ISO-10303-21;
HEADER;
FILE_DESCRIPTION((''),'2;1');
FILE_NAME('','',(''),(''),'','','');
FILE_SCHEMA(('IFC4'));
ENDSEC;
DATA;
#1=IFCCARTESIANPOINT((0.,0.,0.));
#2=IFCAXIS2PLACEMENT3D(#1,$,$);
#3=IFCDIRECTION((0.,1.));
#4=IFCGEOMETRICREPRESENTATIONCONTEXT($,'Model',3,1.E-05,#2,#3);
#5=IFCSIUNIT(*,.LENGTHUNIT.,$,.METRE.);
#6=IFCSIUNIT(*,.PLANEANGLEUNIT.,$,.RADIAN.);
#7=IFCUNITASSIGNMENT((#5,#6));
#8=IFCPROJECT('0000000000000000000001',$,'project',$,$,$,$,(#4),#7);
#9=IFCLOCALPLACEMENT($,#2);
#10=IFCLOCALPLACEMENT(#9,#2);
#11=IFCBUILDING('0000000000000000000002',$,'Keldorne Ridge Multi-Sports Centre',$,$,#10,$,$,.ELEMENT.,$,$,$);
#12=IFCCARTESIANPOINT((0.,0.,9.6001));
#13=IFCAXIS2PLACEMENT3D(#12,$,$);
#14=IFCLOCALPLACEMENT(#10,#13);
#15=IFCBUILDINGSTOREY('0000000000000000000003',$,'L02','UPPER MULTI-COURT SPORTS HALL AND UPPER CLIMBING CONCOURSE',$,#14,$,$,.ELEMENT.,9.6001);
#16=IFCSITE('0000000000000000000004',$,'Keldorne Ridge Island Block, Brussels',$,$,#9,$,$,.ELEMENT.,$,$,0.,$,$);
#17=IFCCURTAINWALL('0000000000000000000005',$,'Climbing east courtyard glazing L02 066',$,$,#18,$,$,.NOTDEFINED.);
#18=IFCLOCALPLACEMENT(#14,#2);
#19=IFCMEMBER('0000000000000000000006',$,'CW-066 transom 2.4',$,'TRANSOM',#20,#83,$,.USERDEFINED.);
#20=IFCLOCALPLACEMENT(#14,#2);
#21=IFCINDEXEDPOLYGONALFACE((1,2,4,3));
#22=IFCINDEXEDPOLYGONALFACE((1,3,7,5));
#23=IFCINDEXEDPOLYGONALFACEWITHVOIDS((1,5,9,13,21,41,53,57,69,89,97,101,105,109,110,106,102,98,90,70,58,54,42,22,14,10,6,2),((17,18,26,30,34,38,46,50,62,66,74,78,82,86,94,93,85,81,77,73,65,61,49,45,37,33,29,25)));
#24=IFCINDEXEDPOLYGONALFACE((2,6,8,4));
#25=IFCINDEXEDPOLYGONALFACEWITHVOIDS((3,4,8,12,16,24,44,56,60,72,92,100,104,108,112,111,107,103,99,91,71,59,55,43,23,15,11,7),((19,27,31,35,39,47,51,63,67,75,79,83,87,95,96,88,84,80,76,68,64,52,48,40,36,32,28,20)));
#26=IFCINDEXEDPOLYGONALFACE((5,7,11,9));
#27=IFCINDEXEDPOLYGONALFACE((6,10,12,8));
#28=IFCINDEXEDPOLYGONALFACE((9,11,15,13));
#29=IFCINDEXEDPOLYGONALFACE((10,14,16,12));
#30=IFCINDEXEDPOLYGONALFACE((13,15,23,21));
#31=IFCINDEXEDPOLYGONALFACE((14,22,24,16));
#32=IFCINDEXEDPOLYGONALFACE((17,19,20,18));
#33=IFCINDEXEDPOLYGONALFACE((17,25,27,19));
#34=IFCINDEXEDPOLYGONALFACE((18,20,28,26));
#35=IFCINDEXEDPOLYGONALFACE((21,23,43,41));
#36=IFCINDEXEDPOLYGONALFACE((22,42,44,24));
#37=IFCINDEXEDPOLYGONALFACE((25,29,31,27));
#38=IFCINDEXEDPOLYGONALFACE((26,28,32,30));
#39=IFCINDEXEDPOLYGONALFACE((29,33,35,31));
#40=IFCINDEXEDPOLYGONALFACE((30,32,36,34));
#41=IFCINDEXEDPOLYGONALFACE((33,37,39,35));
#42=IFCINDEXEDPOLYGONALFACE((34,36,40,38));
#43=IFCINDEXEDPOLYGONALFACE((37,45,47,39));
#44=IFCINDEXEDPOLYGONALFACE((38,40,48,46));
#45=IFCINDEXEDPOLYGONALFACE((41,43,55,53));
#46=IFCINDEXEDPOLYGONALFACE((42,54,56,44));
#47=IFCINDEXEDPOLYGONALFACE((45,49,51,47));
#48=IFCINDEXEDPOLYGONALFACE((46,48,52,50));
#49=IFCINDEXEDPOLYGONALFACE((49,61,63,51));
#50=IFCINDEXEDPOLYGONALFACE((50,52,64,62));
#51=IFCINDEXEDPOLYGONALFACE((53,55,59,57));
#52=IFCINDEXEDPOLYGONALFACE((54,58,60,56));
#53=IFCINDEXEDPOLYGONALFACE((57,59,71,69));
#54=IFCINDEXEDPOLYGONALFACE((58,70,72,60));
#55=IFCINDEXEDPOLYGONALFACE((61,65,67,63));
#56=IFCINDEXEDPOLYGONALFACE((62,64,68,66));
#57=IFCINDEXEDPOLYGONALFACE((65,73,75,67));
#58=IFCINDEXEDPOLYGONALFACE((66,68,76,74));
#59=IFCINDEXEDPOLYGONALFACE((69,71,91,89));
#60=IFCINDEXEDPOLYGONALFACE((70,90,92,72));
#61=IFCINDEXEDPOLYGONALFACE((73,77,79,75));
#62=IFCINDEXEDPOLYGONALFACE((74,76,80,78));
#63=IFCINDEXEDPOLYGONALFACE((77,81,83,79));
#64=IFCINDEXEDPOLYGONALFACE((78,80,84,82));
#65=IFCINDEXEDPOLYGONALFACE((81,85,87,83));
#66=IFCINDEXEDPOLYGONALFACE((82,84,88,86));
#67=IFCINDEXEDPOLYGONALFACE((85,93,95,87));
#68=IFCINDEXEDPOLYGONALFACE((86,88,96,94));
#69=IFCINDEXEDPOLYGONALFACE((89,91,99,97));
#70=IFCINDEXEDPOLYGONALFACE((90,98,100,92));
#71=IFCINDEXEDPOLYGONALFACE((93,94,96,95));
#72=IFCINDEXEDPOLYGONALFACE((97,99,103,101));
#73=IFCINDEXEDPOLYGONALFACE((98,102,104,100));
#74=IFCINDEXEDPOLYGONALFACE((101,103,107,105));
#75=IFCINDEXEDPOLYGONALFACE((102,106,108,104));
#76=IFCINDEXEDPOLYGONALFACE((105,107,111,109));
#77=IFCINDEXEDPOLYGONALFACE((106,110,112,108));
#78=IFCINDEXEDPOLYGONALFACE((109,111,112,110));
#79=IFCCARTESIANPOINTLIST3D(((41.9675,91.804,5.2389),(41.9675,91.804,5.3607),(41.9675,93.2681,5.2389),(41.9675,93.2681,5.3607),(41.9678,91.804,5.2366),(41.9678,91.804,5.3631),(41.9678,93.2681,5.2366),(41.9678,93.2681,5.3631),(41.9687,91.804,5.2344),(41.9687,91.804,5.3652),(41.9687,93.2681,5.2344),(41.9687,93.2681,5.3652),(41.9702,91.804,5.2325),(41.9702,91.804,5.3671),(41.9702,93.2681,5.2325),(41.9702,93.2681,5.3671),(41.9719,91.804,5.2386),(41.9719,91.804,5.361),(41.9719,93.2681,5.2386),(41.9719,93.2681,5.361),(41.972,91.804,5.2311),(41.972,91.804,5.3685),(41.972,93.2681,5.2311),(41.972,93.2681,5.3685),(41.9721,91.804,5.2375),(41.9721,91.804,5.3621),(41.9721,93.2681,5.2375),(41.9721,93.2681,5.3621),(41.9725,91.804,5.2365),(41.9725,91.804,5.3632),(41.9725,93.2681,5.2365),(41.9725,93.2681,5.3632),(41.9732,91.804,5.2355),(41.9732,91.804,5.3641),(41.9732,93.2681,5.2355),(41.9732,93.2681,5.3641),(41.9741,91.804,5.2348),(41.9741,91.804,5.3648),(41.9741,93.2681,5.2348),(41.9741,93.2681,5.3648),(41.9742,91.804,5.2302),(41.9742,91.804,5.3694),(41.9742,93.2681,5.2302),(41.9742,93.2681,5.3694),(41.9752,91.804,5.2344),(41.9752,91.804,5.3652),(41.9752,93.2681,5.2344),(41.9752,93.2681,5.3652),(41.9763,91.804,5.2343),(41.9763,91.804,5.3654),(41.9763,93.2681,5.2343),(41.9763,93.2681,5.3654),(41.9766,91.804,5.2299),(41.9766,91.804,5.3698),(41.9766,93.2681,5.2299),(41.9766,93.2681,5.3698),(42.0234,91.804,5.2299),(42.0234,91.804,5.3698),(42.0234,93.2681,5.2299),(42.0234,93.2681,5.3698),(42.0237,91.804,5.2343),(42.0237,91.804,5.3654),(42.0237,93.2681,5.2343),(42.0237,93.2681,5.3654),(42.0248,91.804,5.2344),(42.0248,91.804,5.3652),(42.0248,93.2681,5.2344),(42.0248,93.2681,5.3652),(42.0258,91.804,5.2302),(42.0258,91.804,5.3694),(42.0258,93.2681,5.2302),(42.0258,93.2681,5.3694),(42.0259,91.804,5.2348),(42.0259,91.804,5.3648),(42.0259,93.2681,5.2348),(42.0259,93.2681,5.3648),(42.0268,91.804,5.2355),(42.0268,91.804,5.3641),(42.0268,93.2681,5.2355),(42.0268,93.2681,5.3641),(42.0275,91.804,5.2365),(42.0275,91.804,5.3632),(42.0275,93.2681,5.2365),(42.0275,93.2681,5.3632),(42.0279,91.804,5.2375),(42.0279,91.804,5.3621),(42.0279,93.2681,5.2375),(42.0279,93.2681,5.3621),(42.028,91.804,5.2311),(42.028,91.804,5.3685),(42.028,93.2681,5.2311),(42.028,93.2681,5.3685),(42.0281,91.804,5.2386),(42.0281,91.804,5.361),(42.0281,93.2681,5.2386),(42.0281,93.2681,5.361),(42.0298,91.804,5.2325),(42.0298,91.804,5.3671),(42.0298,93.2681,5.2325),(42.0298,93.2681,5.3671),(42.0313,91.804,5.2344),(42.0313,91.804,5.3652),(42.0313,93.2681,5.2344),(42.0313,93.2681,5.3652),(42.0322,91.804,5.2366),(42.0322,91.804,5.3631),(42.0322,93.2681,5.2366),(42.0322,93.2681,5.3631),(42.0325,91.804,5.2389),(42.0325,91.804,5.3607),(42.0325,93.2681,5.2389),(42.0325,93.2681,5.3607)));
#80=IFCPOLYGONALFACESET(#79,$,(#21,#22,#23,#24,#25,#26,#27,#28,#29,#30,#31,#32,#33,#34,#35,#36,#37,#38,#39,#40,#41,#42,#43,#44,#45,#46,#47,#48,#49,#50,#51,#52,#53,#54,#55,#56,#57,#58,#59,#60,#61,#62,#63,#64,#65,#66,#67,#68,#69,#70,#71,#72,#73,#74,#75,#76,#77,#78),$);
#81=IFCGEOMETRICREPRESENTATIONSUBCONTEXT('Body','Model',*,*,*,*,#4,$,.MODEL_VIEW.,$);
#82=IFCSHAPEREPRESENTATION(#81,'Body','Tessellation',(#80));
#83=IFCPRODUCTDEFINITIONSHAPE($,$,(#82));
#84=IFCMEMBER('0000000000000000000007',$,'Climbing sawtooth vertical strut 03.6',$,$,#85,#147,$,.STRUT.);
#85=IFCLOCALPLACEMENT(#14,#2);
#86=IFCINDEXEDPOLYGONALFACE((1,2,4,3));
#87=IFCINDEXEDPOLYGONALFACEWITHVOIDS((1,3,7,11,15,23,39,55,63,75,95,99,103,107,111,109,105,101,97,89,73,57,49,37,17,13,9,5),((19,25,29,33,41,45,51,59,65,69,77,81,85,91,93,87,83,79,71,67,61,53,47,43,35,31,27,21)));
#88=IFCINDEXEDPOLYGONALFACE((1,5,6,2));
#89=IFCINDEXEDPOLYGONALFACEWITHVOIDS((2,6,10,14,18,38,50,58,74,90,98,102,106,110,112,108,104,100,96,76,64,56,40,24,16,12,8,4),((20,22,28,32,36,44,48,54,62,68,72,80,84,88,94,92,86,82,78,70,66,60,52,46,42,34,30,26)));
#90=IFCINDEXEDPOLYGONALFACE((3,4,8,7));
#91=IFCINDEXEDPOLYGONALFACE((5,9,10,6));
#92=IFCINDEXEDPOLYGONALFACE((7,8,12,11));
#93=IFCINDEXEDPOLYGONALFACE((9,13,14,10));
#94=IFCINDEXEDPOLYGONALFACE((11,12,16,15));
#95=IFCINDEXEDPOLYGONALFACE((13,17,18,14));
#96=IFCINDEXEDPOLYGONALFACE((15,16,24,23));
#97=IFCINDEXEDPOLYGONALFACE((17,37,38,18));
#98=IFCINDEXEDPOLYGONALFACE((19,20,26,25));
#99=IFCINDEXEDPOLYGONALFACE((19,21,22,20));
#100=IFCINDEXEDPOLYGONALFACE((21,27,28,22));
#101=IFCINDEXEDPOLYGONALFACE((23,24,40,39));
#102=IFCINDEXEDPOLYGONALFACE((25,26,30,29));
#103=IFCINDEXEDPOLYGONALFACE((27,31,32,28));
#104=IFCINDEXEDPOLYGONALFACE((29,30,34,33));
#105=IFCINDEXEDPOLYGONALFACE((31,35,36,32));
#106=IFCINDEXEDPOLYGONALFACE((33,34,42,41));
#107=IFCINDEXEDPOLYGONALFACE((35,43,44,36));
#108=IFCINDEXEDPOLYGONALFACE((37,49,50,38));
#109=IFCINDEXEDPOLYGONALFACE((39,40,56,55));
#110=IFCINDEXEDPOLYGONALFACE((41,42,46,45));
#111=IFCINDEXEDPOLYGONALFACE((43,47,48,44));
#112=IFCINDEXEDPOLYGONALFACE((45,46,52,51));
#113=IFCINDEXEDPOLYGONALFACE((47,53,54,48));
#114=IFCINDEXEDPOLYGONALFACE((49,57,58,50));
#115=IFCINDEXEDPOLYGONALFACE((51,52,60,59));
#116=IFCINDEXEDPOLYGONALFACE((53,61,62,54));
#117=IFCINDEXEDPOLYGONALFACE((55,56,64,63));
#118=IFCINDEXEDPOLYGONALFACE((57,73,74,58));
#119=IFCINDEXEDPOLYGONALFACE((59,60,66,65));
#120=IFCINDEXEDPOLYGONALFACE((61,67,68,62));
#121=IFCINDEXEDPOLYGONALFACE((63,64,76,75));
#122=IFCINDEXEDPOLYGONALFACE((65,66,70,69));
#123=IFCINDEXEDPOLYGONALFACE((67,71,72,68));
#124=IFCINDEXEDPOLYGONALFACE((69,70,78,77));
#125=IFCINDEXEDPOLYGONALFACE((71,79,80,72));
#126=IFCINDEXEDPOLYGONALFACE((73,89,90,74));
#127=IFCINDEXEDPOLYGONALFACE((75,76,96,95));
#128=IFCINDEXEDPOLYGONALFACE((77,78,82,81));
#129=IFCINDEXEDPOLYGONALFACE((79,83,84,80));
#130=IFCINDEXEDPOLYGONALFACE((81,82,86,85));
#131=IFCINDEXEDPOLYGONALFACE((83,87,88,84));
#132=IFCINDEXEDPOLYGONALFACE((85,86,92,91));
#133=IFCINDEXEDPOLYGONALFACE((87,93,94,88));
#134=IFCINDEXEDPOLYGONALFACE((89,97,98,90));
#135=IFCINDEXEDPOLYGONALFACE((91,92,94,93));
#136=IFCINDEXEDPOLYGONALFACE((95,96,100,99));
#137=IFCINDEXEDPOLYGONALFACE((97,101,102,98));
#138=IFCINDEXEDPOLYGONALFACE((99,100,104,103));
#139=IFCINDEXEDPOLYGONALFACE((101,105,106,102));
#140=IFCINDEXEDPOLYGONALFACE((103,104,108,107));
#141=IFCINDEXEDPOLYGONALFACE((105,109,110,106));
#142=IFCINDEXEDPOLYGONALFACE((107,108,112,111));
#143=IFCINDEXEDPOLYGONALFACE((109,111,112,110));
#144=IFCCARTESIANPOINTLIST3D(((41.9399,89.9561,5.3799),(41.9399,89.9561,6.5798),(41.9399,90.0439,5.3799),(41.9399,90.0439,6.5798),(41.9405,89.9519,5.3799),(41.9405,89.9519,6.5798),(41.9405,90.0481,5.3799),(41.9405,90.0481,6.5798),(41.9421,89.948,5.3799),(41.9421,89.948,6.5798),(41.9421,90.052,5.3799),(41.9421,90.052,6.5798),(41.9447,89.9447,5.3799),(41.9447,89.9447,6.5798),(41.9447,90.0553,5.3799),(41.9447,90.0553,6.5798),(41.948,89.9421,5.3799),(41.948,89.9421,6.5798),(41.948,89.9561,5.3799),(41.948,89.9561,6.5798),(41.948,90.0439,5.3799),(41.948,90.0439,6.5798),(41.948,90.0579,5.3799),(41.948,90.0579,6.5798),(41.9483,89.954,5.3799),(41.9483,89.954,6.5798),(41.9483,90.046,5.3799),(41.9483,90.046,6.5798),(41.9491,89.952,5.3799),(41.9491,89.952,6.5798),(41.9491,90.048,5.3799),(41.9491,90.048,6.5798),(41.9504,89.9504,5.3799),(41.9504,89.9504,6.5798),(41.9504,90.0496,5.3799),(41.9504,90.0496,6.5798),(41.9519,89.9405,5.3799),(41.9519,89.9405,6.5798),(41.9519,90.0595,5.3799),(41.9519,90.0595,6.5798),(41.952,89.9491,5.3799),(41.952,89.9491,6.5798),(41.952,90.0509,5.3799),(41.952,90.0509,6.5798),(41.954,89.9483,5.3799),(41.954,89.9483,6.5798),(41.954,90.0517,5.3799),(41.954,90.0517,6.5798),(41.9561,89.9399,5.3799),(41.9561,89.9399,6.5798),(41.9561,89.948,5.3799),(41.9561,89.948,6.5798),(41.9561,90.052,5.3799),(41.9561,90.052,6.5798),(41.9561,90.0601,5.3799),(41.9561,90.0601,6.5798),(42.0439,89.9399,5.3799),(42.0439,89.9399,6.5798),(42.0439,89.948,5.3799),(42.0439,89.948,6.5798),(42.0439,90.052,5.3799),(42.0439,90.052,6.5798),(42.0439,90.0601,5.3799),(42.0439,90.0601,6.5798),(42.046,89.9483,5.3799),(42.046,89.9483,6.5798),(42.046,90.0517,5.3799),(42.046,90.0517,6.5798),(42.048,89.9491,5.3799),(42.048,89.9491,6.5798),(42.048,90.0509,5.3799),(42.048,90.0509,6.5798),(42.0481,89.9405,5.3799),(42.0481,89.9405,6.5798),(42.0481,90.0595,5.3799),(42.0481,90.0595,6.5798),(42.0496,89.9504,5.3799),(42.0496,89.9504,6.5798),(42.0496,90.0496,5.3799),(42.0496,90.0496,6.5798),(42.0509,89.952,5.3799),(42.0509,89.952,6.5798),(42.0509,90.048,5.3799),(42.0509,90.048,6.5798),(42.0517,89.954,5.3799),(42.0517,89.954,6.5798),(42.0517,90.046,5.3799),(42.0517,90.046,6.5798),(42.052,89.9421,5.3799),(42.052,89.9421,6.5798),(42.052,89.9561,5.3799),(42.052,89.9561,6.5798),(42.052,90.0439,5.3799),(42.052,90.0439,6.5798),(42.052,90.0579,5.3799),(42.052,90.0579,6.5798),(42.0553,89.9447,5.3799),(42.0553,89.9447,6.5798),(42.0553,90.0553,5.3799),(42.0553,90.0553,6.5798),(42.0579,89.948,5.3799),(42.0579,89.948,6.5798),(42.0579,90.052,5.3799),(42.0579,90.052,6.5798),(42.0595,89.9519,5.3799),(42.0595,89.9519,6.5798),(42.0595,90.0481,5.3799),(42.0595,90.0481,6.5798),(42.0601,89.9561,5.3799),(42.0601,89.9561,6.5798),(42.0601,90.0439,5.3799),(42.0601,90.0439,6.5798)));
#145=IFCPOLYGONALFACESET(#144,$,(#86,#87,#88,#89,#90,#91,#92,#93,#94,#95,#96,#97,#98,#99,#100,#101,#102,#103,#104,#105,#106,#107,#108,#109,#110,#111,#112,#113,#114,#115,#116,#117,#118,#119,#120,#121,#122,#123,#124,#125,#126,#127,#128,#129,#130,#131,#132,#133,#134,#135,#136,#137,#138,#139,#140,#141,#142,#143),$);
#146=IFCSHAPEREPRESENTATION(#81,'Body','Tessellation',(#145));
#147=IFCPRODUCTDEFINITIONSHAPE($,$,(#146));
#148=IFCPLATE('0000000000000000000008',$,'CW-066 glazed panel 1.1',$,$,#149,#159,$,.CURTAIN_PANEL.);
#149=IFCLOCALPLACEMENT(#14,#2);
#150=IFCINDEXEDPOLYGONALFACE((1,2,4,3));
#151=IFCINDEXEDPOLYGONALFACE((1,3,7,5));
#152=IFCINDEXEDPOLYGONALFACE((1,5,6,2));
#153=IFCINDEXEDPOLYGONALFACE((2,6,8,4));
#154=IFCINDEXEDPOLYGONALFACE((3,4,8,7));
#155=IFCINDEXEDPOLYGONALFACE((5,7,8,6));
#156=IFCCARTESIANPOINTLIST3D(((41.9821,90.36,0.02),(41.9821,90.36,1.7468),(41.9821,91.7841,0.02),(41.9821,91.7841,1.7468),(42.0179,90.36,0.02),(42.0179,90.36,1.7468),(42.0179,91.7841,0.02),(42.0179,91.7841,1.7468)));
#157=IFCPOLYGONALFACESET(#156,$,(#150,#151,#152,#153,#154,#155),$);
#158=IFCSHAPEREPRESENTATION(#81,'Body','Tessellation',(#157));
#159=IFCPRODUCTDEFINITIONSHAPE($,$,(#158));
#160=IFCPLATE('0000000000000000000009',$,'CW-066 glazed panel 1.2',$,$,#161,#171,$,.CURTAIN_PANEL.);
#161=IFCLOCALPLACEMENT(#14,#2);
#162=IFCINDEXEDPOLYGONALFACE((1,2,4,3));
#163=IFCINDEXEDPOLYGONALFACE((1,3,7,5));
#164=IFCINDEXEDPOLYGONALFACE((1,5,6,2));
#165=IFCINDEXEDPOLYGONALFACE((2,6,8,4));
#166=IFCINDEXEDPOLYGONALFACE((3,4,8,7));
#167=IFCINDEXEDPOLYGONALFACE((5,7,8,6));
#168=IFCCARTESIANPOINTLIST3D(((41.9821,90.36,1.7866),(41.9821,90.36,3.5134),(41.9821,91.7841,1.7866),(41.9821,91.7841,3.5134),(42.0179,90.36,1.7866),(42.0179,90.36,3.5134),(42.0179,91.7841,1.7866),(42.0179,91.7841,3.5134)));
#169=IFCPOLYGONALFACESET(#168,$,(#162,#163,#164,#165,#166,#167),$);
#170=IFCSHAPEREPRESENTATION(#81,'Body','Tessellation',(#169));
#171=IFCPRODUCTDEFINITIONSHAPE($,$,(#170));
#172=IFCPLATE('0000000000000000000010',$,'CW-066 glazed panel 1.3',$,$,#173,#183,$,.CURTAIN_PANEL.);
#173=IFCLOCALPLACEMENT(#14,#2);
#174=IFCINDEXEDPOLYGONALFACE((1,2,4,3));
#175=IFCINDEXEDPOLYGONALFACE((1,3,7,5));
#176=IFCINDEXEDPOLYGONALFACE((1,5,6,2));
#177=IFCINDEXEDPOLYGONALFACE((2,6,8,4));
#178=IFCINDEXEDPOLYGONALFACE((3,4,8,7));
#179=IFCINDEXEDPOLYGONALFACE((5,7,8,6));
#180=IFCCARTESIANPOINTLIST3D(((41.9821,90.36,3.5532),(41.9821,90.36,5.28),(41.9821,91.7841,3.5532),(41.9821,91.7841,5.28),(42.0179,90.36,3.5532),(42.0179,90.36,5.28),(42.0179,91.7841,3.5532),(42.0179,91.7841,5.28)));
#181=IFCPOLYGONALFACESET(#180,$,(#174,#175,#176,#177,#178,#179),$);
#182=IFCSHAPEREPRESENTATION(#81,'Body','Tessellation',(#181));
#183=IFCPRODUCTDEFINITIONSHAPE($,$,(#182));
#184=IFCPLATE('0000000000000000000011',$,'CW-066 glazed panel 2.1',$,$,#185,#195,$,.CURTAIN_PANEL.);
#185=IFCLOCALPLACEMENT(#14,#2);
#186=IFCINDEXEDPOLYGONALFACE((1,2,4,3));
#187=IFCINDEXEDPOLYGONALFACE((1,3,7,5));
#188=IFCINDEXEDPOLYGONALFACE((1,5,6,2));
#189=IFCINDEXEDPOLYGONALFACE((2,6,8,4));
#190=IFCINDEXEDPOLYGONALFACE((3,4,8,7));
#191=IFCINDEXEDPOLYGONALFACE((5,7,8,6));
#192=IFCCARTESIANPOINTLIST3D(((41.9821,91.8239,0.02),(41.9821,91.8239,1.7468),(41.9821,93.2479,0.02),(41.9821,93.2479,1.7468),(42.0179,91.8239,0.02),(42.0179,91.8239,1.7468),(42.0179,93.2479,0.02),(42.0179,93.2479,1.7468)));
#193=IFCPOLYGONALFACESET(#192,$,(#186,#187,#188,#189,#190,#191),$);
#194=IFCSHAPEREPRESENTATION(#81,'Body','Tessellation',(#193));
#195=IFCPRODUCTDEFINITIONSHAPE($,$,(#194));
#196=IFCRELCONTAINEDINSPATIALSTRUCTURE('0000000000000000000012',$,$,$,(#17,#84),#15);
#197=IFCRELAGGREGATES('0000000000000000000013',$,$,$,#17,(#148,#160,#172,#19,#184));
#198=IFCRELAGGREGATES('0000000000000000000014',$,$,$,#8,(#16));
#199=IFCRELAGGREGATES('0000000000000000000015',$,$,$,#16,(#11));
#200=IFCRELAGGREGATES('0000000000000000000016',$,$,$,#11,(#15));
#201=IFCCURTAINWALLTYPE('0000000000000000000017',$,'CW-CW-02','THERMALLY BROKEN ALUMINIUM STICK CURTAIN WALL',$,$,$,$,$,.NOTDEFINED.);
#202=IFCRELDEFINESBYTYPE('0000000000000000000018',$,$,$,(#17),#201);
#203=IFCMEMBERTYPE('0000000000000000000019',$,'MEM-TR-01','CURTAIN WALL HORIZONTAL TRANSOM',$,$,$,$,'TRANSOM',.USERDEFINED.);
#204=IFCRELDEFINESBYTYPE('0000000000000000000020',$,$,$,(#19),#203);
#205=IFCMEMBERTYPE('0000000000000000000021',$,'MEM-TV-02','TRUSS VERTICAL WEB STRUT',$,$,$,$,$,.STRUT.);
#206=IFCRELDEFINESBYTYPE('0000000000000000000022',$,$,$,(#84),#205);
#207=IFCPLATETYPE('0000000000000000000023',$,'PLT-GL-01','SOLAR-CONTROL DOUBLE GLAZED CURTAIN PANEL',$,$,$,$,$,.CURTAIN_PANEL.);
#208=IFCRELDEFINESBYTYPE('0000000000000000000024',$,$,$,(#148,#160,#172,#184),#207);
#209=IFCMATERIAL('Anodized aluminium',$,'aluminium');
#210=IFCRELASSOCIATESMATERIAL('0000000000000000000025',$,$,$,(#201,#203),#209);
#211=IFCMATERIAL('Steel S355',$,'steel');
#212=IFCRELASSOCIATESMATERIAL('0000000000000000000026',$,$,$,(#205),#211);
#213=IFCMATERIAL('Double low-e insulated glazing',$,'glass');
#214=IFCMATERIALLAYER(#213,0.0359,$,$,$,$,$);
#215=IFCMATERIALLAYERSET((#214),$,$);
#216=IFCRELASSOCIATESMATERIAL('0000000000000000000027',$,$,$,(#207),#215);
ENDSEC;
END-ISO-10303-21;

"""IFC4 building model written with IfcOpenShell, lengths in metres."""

from ifc_helpers import new_model, si_unit, direction, frame, origin, origin_2d, place, context, subcontext, project, spatial, rectangle, hollow_rectangle, extrude, material, layer, layer_set, material_profile, profile_set, type_object, element, aggregate, save


model = new_model("IFC4")

# Units and contexts
model_context = context("Model", 3, precision=1e-05, world=origin(), true_north=direction((0.0, 1.0)))
body_context = subcontext(model_context, "Body", "Model", "MODEL_VIEW")
ifc_project = project(units=[si_unit("LENGTHUNIT", "METRE"), si_unit("PLANEANGLEUNIT", "RADIAN")], contexts=[model_context])

# Site, building, storey
site_placement = place(None, origin())
site = spatial("IfcSite", under=ifc_project, at=site_placement, Name="Keldorne Ridge Island Block, Brussels", CompositionType="ELEMENT", RefElevation=0.0)
building_placement = place(site_placement, origin())
building = spatial("IfcBuilding", under=site, at=building_placement, Name="Keldorne Ridge Multi-Sports Centre", CompositionType="ELEMENT")
storey_placement = place(building_placement, frame((0.0, 0.0, 9.6001)))
storey = spatial("IfcBuildingStorey", under=building, at=storey_placement, Name="L02", Description="UPPER MULTI-COURT SPORTS HALL AND UPPER CLIMBING CONCOURSE", CompositionType="ELEMENT", Elevation=9.6001)

# Shared definitions
ifc_material_1 = material(Name="Steel S355", Category="steel")

# Curtain wall
ifc_material_2 = material(Name="Anodized aluminium", Category="aluminium")
curtain_wall_type = type_object("IfcCurtainWallType", Name="CW-CW-02", Description="THERMALLY BROKEN ALUMINIUM STICK CURTAIN WALL", PredefinedType="NOTDEFINED", material=ifc_material_2)
curtain_wall_placement = place(storey_placement, origin())
curtain_wall = element("IfcCurtainWall", 1, at=curtain_wall_placement, inside=storey, type_object=curtain_wall_type, Name="Climbing east courtyard glazing L02 066", PredefinedType="NOTDEFINED")

# Members
ifc_material_profile_1 = material_profile(ifc_material_2, hollow_rectangle(XDim=0.0649, YDim=0.1399, WallThickness=0.0044, InnerFilletRadius=0.0044, OuterFilletRadius=0.009, at=origin_2d()), Name="ALU TRANSOM 140x65x4.5")
ifc_profile_set_1 = profile_set([ifc_material_profile_1], Name="Anodized aluminium")
member_type_1 = type_object("IfcMemberType", Name="MEM-TR-01", Description="CURTAIN WALL HORIZONTAL TRANSOM", ElementType="TRANSOM", PredefinedType="USERDEFINED", material=ifc_profile_set_1)
member_1_placement = place(storey_placement, frame((42.0, 91.804, 5.2998), z_axis=(0.0, 1.0, 0.0), x_axis=(-1.0, 0.0, 0.0)))
member_1 = element("IfcMember", 2, at=member_1_placement, type_object=member_type_1, Name="CW-066 transom 2.4", ObjectType="TRANSOM", PredefinedType="USERDEFINED", context=body_context, shape_type="SweptSolid", body=[
    extrude(hollow_rectangle(XDim=0.0649, YDim=0.1399, WallThickness=0.0044, InnerFilletRadius=0.0044, OuterFilletRadius=0.009, at=origin_2d()), origin(), (0.0, 0.0, 1.0), 1.4641),
])
ifc_material_profile_2 = material_profile(ifc_material_1, hollow_rectangle(XDim=0.1201, YDim=0.1201, WallThickness=0.0081, InnerFilletRadius=0.0081, OuterFilletRadius=0.0161, at=origin_2d()), Name="SHS 120x120x8")
ifc_profile_set_2 = profile_set([ifc_material_profile_2], Name="Steel S355")
member_type_2 = type_object("IfcMemberType", Name="MEM-TV-02", Description="TRUSS VERTICAL WEB STRUT", PredefinedType="STRUT", material=ifc_profile_set_2)
member_2_placement = place(storey_placement, frame((42.0, 90.0, 5.3799), z_axis=(0.0, 0.0, 1.0), x_axis=(1.0, 0.0, 0.0)))
element("IfcMember", 3, at=member_2_placement, inside=storey, type_object=member_type_2, Name="Climbing sawtooth vertical strut 03.6", PredefinedType="STRUT", context=body_context, shape_type="SweptSolid", body=[
    extrude(hollow_rectangle(XDim=0.1201, YDim=0.1201, WallThickness=0.0081, InnerFilletRadius=0.0081, OuterFilletRadius=0.0161, at=origin_2d()), origin(), (0.0, 0.0, 1.0), 1.2),
])

# Plates
ifc_material_3 = material(Name="Double low-e insulated glazing", Category="glass")
ifc_layer = layer(ifc_material_3, 0.0359)
ifc_layer_set = layer_set([ifc_layer])
plate_type = type_object("IfcPlateType", Name="PLT-GL-01", Description="SOLAR-CONTROL DOUBLE GLAZED CURTAIN PANEL", PredefinedType="CURTAIN_PANEL", material=ifc_layer_set)
plate_1_placement = place(storey_placement, frame((42.0, 91.072, 0.02), z_axis=(0.0, 0.0, 1.0), x_axis=(0.0, 1.0, 0.0)))
plate_1 = element("IfcPlate", 4, at=plate_1_placement, type_object=plate_type, Name="CW-066 glazed panel 1.1", PredefinedType="CURTAIN_PANEL", context=body_context, shape_type="SweptSolid", body=[
    extrude(rectangle(XDim=1.4241, YDim=0.0359, at=origin_2d()), origin(), (0.0, 0.0, 1.0), 1.7268),
])
plate_2_placement = place(storey_placement, frame((42.0, 91.072, 1.7866), z_axis=(0.0, 0.0, 1.0), x_axis=(0.0, 1.0, 0.0)))
plate_2 = element("IfcPlate", 5, at=plate_2_placement, type_object=plate_type, Name="CW-066 glazed panel 1.2", PredefinedType="CURTAIN_PANEL", context=body_context, shape_type="SweptSolid", body=[
    extrude(rectangle(XDim=1.4241, YDim=0.0359, at=origin_2d()), origin(), (0.0, 0.0, 1.0), 1.7268),
])
plate_3_placement = place(storey_placement, frame((42.0, 91.072, 3.5532), z_axis=(0.0, 0.0, 1.0), x_axis=(0.0, 1.0, 0.0)))
plate_3 = element("IfcPlate", 6, at=plate_3_placement, type_object=plate_type, Name="CW-066 glazed panel 1.3", PredefinedType="CURTAIN_PANEL", context=body_context, shape_type="SweptSolid", body=[
    extrude(rectangle(XDim=1.4241, YDim=0.0359, at=origin_2d()), origin(), (0.0, 0.0, 1.0), 1.7268),
])
plate_4_placement = place(storey_placement, frame((42.0, 92.5359, 0.02), z_axis=(0.0, 0.0, 1.0), x_axis=(0.0, 1.0, 0.0)))
plate_4 = element("IfcPlate", 7, at=plate_4_placement, type_object=plate_type, Name="CW-066 glazed panel 2.1", PredefinedType="CURTAIN_PANEL", context=body_context, shape_type="SweptSolid", body=[
    extrude(rectangle(XDim=1.4241, YDim=0.0359, at=origin_2d()), origin(), (0.0, 0.0, 1.0), 1.7268),
])
aggregate(curtain_wall, [plate_1, plate_2, plate_3, member_1, plate_4])

save(model, "model.ifc")
